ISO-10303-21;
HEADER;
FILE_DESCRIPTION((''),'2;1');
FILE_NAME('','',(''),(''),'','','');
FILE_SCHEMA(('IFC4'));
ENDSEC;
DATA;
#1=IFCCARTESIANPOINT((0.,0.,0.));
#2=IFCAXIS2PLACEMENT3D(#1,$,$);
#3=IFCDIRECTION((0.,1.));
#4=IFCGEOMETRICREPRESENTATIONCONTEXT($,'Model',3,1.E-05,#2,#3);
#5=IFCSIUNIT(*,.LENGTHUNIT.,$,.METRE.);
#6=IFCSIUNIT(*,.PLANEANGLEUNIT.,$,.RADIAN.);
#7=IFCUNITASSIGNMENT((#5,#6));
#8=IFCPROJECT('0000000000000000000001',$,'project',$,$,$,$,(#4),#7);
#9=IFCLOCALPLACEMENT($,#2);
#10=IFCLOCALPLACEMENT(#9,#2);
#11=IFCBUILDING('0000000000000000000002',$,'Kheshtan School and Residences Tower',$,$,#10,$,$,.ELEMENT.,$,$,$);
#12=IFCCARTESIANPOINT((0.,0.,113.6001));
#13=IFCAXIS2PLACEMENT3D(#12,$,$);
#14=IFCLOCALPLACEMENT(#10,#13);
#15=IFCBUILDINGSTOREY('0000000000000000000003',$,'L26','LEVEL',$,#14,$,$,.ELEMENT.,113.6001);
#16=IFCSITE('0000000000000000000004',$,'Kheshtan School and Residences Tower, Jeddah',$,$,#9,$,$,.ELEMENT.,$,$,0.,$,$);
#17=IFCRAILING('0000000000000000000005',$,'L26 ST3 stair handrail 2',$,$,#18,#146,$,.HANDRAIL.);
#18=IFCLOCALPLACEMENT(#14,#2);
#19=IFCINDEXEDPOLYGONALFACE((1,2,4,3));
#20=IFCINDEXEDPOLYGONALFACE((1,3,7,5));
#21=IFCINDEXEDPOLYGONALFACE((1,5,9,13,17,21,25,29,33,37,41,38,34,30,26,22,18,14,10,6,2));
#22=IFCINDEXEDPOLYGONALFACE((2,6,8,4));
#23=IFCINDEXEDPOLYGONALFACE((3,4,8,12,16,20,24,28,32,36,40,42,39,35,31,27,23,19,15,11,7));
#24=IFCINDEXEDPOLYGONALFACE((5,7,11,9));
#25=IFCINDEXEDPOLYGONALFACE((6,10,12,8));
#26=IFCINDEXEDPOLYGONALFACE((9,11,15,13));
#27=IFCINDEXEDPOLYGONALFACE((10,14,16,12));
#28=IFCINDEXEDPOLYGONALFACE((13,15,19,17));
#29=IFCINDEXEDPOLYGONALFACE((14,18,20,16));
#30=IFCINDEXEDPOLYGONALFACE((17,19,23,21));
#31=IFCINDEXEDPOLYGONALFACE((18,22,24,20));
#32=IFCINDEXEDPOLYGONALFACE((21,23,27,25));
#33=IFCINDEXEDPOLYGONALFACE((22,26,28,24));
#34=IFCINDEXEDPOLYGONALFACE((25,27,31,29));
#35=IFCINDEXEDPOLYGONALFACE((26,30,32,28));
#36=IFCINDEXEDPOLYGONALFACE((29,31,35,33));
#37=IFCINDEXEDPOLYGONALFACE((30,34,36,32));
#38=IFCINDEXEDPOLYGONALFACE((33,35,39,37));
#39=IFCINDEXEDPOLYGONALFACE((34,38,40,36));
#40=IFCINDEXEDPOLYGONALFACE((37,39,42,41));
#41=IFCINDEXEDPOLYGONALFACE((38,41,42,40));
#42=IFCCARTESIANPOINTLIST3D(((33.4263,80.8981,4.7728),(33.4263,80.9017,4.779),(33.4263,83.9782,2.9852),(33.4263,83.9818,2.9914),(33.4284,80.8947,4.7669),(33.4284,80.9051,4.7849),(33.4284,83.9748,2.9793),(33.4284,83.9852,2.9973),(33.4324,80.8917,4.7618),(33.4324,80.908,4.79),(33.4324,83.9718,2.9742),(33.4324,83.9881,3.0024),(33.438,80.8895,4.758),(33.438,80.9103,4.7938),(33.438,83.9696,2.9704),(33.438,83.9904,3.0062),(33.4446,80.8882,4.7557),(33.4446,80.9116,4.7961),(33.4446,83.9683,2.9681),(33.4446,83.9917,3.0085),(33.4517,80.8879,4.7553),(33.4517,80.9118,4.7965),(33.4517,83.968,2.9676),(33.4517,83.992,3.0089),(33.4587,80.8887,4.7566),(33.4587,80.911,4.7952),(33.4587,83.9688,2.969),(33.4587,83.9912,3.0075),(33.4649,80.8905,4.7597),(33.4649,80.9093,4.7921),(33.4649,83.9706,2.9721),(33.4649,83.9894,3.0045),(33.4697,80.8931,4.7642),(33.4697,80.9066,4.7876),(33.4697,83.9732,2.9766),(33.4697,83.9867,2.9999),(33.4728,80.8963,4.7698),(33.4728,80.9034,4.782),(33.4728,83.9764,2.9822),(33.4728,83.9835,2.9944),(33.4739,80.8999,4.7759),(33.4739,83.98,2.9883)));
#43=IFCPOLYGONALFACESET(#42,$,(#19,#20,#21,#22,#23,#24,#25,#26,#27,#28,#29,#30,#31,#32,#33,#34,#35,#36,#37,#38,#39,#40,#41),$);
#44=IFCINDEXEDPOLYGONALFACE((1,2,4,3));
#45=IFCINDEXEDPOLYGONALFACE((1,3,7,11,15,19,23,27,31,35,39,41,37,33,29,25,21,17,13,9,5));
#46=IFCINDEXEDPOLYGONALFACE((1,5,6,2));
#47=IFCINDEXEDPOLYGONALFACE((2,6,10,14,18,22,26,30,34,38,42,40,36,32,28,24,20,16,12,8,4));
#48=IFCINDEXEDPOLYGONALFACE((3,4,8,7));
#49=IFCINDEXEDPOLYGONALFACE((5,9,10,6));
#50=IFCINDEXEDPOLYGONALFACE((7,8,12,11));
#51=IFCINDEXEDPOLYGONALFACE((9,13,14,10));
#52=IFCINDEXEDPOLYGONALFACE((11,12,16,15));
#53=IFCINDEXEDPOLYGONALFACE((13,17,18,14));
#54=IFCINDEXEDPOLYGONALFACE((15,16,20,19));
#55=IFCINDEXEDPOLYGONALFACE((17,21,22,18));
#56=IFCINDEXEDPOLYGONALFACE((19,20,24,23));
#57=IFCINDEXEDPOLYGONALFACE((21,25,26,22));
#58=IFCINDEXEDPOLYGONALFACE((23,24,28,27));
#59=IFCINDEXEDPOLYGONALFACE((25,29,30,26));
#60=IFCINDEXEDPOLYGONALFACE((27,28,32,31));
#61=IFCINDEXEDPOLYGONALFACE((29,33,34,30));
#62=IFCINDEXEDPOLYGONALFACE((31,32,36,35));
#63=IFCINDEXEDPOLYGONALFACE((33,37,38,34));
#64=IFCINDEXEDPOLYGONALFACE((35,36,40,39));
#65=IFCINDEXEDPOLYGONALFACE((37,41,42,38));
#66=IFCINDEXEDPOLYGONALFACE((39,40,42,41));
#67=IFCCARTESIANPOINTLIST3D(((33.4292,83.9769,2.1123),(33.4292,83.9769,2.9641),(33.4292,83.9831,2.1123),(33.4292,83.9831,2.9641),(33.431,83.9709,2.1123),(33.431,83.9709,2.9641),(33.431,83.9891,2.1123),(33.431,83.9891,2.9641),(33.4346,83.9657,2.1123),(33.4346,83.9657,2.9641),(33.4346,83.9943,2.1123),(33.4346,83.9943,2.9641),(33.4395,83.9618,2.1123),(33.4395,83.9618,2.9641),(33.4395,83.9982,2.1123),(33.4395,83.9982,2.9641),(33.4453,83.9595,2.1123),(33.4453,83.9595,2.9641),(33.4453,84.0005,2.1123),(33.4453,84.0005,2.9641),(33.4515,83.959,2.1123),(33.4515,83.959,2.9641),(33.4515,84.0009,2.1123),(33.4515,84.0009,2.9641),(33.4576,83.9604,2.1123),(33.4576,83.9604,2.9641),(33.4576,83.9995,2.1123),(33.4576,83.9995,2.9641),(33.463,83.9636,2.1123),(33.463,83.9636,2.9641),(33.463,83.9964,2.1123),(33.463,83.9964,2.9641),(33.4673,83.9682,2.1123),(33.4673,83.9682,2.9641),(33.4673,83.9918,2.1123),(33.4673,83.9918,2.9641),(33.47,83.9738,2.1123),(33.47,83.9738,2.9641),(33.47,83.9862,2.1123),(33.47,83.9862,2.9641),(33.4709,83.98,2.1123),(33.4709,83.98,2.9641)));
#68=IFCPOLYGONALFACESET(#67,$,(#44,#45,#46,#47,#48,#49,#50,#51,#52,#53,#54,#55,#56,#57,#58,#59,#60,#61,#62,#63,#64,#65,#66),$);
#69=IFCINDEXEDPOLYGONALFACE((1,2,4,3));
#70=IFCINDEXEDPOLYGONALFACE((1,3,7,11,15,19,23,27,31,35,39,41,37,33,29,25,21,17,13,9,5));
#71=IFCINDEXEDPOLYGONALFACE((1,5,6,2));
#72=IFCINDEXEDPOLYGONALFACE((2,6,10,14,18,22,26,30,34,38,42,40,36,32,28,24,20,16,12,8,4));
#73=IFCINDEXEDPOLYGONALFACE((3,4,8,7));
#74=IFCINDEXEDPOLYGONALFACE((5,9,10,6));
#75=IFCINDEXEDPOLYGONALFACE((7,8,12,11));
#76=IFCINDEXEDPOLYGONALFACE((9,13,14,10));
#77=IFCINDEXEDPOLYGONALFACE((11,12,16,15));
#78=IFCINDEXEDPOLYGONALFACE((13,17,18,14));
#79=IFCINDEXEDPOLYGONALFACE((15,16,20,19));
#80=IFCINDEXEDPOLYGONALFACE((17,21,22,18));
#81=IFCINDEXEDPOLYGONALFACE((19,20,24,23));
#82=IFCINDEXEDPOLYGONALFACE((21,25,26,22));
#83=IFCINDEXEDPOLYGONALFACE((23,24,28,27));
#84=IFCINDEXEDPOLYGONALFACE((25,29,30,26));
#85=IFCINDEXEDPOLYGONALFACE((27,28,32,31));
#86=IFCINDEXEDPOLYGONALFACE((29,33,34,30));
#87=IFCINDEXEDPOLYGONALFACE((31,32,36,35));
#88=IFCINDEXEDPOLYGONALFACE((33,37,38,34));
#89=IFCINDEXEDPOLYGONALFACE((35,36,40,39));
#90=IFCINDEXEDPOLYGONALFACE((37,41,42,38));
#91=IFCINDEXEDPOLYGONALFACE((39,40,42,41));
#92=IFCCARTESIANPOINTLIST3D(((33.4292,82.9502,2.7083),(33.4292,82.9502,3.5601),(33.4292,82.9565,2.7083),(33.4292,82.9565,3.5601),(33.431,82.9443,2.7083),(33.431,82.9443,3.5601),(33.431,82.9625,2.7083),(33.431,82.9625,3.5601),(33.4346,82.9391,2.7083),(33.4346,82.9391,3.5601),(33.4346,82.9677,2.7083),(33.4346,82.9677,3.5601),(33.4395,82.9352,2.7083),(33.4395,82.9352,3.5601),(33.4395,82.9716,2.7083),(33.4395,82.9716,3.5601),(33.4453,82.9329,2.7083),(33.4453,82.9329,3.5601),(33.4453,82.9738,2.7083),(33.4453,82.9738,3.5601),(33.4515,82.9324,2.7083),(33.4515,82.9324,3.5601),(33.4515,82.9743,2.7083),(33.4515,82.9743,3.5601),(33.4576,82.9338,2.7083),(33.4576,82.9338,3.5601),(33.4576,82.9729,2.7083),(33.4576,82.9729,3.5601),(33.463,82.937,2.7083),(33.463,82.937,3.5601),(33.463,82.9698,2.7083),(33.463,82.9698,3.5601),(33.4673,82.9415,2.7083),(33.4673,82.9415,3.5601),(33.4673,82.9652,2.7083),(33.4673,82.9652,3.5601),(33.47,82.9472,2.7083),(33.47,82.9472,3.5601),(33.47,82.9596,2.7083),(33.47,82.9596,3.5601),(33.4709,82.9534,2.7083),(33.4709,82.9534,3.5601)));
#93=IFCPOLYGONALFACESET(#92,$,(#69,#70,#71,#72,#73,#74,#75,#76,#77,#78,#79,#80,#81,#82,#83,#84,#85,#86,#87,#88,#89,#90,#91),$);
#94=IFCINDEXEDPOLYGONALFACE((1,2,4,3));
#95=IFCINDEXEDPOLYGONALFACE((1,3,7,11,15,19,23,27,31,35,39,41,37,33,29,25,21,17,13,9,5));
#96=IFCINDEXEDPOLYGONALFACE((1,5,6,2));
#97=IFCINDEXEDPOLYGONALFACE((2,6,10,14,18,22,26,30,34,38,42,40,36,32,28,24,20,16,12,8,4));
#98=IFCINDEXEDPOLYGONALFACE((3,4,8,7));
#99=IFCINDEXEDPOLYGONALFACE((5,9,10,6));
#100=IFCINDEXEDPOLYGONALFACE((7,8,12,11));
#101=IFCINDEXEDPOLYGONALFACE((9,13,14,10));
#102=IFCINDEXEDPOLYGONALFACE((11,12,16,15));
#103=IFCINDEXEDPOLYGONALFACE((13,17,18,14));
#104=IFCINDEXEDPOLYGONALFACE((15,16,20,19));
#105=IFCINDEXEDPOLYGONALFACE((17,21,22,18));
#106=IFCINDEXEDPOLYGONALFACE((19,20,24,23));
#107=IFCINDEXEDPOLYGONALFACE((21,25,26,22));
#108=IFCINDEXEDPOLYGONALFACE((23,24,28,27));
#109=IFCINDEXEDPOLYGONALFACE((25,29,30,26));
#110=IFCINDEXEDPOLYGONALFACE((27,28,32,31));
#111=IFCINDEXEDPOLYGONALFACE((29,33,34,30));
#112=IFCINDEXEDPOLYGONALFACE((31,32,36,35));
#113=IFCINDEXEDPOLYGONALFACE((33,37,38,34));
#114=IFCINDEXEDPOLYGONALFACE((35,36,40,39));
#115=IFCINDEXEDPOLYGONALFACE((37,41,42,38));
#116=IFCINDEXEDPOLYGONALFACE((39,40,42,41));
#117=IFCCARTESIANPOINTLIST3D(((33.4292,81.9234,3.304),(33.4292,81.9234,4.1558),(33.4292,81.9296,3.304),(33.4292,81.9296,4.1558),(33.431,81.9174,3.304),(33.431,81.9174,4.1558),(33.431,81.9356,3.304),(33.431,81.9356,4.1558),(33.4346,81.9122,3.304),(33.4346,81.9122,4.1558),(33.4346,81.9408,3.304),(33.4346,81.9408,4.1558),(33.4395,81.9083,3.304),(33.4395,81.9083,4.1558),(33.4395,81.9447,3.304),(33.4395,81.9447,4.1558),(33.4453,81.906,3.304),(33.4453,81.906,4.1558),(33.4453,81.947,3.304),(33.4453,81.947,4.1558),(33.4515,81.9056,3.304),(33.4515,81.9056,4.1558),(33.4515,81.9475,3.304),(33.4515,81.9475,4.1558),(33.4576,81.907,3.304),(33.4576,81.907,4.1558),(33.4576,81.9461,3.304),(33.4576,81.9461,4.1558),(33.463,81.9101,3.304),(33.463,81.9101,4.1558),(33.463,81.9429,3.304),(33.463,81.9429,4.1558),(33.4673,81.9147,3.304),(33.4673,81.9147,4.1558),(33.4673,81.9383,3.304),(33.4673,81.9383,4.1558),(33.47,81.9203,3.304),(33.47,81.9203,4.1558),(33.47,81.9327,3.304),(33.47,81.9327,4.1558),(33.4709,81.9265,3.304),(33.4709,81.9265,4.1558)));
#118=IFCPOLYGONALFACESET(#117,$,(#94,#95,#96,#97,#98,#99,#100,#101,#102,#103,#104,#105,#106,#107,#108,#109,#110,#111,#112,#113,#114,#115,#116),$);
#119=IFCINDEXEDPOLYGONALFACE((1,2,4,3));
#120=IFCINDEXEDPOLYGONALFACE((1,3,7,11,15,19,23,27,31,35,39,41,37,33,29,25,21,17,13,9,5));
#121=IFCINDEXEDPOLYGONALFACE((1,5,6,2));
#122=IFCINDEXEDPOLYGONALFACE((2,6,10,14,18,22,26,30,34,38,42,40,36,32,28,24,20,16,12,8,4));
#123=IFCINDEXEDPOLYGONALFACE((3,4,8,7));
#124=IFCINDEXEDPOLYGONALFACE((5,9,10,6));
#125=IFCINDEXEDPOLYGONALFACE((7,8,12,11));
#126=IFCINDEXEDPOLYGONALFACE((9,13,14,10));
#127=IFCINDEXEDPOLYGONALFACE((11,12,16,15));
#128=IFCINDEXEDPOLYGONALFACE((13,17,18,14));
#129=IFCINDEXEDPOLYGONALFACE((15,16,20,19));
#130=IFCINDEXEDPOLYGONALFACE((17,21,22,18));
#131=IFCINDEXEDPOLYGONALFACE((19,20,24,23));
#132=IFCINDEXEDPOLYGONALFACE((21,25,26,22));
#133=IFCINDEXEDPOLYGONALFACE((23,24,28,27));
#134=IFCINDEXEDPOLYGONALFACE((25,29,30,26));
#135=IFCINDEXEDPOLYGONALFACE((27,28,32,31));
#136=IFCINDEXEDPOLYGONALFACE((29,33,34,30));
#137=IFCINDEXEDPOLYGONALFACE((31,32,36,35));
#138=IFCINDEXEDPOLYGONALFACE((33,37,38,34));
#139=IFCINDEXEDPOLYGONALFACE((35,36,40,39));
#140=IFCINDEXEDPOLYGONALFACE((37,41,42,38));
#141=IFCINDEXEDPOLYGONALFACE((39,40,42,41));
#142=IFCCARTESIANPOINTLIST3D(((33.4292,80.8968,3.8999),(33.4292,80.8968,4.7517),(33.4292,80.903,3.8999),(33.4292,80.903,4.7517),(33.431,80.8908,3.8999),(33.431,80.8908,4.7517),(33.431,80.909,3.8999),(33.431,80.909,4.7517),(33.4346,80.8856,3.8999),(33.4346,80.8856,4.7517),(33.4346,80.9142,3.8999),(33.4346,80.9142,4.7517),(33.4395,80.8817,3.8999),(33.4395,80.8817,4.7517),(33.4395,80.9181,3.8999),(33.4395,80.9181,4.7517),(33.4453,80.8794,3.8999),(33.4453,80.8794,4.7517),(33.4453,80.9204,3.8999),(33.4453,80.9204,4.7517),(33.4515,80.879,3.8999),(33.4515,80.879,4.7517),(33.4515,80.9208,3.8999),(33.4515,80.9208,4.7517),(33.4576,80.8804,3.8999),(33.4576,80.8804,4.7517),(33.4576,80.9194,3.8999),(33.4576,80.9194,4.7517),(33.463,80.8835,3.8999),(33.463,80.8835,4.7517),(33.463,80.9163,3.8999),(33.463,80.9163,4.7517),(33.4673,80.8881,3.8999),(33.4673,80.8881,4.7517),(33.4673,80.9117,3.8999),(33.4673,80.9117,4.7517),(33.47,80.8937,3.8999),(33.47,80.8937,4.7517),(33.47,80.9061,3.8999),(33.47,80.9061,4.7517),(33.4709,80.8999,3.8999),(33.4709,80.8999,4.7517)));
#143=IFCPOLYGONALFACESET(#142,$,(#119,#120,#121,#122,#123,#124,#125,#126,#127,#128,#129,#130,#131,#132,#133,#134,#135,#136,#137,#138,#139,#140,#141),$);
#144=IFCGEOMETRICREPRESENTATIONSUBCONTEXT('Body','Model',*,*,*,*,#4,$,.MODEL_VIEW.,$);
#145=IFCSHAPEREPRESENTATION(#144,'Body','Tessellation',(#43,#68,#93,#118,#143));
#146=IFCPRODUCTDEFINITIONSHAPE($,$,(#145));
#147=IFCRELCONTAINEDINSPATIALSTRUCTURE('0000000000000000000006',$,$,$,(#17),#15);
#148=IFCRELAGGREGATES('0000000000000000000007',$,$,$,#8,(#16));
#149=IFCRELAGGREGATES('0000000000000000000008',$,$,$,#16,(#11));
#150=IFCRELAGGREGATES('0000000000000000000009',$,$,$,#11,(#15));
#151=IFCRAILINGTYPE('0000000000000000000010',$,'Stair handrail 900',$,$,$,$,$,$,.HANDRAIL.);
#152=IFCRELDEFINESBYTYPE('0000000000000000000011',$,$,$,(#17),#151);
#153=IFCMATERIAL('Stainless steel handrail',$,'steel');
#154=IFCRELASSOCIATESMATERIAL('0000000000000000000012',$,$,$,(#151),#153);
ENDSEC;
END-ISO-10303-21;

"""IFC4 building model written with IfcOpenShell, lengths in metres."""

from ifc_helpers import new_model, si_unit, direction, frame, origin, origin_2d, place, context, subcontext, project, spatial, circle, extrude, material, type_object, element, save


model = new_model("IFC4")

# Units and contexts
model_context = context("Model", 3, precision=1e-05, world=origin(), true_north=direction((0.0, 1.0)))
body_context = subcontext(model_context, "Body", "Model", "MODEL_VIEW")
ifc_project = project(units=[si_unit("LENGTHUNIT", "METRE"), si_unit("PLANEANGLEUNIT", "RADIAN")], contexts=[model_context])

# Site, building, storey
site_placement = place(None, origin())
site = spatial("IfcSite", under=ifc_project, at=site_placement, Name="Kheshtan School and Residences Tower, Jeddah", CompositionType="ELEMENT", RefElevation=0.0)
building_placement = place(site_placement, origin())
building = spatial("IfcBuilding", under=site, at=building_placement, Name="Kheshtan School and Residences Tower", CompositionType="ELEMENT")
storey_placement = place(building_placement, frame((0.0, 0.0, 113.6001)))
storey = spatial("IfcBuildingStorey", under=building, at=storey_placement, Name="L26", Description="LEVEL", CompositionType="ELEMENT", Elevation=113.6001)

# Railing
ifc_material_1 = material(Name="Stainless steel handrail", Category="steel")
railing_type_1 = type_object("IfcRailingType", Name="Stair handrail 900", PredefinedType="HANDRAIL", material=ifc_material_1)
railing_1_placement = place(storey_placement, frame((33.45, 83.98, 2.1123)))
element("IfcRailing", 1, at=railing_1_placement, inside=storey, type_object=railing_type_1, Name="L26 ST3 stair handrail 2", PredefinedType="HANDRAIL", context=body_context, shape_type="SweptSolid", body=[
    extrude(circle(Radius=0.0239, at=origin_2d()), frame((0.0, 0.0, 0.876), z_axis=(0.0, -0.864891, 0.50196), x_axis=(1.0, 0.0, 0.0)), (0.0, 0.0, 1.0), 3.5613),
    extrude(circle(Radius=0.021, at=origin_2d()), origin(), (0.0, 0.0, 1.0), 0.8518),
    extrude(circle(Radius=0.021, at=origin_2d()), frame((0.0, -1.0266, 0.5959)), (0.0, 0.0, 1.0), 0.8518),
    extrude(circle(Radius=0.021, at=origin_2d()), frame((0.0, -2.0535, 1.1917)), (0.0, 0.0, 1.0), 0.8518),
    extrude(circle(Radius=0.021, at=origin_2d()), frame((0.0, -3.0801, 1.7876)), (0.0, 0.0, 1.0), 0.8518),
])

save(model, "model.ifc")
